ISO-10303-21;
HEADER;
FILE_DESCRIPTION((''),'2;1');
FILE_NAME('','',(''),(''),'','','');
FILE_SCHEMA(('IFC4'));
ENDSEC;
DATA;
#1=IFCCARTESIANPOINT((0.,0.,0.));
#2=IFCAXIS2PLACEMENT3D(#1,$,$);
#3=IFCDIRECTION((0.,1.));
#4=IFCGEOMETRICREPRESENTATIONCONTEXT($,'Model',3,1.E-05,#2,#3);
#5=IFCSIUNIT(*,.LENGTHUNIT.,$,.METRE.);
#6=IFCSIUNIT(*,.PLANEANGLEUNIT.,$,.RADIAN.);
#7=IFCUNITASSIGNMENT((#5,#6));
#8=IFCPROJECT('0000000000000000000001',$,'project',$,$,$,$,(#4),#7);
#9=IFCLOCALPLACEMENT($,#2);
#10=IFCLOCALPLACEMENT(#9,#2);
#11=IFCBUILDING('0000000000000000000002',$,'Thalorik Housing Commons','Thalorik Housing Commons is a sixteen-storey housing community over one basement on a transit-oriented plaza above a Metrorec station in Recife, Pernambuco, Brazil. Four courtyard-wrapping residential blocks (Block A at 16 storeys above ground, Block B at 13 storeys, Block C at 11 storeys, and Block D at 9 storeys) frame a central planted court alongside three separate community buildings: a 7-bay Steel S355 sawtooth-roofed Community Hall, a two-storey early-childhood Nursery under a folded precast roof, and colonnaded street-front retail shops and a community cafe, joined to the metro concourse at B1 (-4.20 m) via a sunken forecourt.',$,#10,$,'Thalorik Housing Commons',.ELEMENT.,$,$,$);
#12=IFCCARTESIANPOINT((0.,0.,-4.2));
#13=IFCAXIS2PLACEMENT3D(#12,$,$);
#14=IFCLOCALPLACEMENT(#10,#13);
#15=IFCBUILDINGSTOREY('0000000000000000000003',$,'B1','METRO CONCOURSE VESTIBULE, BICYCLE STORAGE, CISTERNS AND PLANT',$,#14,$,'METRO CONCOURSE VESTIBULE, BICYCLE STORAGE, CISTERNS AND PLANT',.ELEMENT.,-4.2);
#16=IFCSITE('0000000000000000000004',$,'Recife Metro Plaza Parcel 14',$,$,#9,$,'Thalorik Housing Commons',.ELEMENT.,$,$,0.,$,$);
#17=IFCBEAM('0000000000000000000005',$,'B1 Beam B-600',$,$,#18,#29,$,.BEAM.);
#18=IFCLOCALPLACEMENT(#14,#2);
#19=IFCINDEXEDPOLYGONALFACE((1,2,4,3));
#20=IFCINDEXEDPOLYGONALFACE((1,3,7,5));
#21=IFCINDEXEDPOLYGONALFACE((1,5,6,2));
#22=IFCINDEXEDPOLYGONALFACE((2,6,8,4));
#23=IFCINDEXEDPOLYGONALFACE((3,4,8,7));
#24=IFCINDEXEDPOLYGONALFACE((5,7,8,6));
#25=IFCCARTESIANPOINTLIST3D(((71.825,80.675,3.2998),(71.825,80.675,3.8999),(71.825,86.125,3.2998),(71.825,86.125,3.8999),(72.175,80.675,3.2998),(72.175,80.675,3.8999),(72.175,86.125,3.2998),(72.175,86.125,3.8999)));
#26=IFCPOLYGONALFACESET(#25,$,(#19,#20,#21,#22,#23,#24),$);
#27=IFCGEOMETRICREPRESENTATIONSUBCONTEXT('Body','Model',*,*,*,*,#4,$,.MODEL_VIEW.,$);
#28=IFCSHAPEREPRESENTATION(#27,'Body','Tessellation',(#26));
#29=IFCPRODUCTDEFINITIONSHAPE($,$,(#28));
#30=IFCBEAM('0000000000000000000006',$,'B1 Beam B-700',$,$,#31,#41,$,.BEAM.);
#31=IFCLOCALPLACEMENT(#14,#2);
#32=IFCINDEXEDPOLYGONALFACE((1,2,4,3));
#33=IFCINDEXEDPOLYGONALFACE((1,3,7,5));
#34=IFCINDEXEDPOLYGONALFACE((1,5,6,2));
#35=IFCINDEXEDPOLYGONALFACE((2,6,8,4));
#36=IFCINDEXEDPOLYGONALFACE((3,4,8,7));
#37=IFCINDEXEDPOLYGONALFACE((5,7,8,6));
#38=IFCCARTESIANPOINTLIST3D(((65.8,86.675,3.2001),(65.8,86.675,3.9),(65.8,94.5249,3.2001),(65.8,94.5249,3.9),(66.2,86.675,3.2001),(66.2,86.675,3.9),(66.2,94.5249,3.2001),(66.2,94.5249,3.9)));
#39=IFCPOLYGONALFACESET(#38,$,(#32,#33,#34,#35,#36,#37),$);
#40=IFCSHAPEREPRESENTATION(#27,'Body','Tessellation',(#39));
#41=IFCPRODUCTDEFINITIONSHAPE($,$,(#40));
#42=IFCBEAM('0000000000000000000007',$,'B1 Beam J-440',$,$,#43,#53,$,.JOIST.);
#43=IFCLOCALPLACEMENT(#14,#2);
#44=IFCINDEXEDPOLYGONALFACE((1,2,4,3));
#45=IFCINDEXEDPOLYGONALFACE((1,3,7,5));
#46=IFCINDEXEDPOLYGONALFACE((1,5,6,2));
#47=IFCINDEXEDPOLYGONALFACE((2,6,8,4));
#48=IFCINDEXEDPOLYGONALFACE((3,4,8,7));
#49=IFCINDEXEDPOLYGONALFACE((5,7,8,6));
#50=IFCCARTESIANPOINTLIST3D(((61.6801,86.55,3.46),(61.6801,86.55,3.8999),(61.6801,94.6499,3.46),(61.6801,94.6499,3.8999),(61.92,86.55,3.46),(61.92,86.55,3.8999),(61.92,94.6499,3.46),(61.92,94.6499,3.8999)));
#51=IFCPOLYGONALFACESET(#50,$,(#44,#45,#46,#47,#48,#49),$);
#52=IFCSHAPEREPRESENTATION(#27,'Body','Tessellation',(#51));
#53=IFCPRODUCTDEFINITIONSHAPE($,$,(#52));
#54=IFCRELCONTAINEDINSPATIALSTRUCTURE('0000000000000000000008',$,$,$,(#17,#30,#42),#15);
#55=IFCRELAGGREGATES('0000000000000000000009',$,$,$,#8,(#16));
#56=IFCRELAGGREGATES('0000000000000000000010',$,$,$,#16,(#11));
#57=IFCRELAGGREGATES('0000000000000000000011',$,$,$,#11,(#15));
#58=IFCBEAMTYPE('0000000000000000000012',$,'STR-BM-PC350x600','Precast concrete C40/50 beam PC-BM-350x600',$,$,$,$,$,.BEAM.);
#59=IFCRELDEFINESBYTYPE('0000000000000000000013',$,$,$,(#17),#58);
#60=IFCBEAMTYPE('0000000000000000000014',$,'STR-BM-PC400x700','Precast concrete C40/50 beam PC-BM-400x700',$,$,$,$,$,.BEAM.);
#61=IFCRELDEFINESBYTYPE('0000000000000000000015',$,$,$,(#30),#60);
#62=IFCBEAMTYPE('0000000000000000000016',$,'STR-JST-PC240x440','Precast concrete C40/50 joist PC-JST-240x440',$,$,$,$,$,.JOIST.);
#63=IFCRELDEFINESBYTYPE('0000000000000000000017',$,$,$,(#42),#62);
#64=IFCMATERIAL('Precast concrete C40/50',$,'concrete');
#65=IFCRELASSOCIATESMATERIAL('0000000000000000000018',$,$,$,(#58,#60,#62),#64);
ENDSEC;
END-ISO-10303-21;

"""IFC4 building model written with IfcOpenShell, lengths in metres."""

from ifc_helpers import new_model, si_unit, direction, frame, origin, origin_2d, place, context, subcontext, project, spatial, rectangle, extrude, material, material_profile, profile_set, type_object, element, save


model = new_model("IFC4")

# Units and contexts
model_context = context("Model", 3, precision=1e-05, world=origin(), true_north=direction((0.0, 1.0)))
body_context = subcontext(model_context, "Body", "Model", "MODEL_VIEW")
ifc_project = project(units=[si_unit("LENGTHUNIT", "METRE"), si_unit("PLANEANGLEUNIT", "RADIAN")], contexts=[model_context])

# Site, building, storey
site_placement = place(None, origin())
site = spatial("IfcSite", under=ifc_project, at=site_placement, Name="Recife Metro Plaza Parcel 14", LongName="Thalorik Housing Commons", CompositionType="ELEMENT", RefElevation=0.0)
building_placement = place(site_placement, origin())
building = spatial("IfcBuilding", under=site, at=building_placement, Name="Thalorik Housing Commons", Description="Thalorik Housing Commons is a sixteen-storey housing community over one basement on a transit-oriented plaza above a Metrorec station in Recife, Pernambuco, Brazil. Four courtyard-wrapping residential blocks (Block A at 16 storeys above ground, Block B at 13 storeys, Block C at 11 storeys, and Block D at 9 storeys) frame a central planted court alongside three separate community buildings: a 7-bay Steel S355 sawtooth-roofed Community Hall, a two-storey early-childhood Nursery under a folded precast roof, and colonnaded street-front retail shops and a community cafe, joined to the metro concourse at B1 (-4.20 m) via a sunken forecourt.", LongName="Thalorik Housing Commons", CompositionType="ELEMENT")
storey_placement = place(building_placement, frame((0.0, 0.0, -4.2)))
storey = spatial("IfcBuildingStorey", under=building, at=storey_placement, Name="B1", Description="METRO CONCOURSE VESTIBULE, BICYCLE STORAGE, CISTERNS AND PLANT", LongName="METRO CONCOURSE VESTIBULE, BICYCLE STORAGE, CISTERNS AND PLANT", CompositionType="ELEMENT", Elevation=-4.2)

# Shared definitions
ifc_material_1 = material(Name="Precast concrete C40/50", Category="concrete")

# Beams
ifc_material_profile_1 = material_profile(ifc_material_1, rectangle(XDim=0.3501, YDim=0.6001, at=origin_2d()), Name="PC 350x600", Category="concrete")
ifc_profile_set_1 = profile_set([ifc_material_profile_1], Name="Precast concrete C40/50")
beam_type_1 = type_object("IfcBeamType", Name="STR-BM-PC350x600", Description="Precast concrete C40/50 beam PC-BM-350x600", PredefinedType="BEAM", material=ifc_profile_set_1)
for number, where, z_axis, x_axis, name in (
    (1, (72.0, 80.675, 3.5999), (0.0, 1.0, 0.0), (-1.0, 0.0, 0.0), "B1 Beam B-600"),
):
    element("IfcBeam", number, at=place(storey_placement, frame(where, z_axis=z_axis, x_axis=x_axis)), inside=storey, type_object=beam_type_1, Name=name, PredefinedType="BEAM", context=body_context, shape_type="SweptSolid", body=[
        extrude(rectangle(XDim=0.3501, YDim=0.6001, at=origin_2d()), origin(), (0.0, 0.0, 1.0), 5.45),
    ])
ifc_material_profile_2 = material_profile(ifc_material_1, rectangle(XDim=0.3999, YDim=0.7, at=origin_2d()), Name="PC 400x700", Category="concrete")
ifc_profile_set_2 = profile_set([ifc_material_profile_2], Name="Precast concrete C40/50")
beam_type_2 = type_object("IfcBeamType", Name="STR-BM-PC400x700", Description="Precast concrete C40/50 beam PC-BM-400x700", PredefinedType="BEAM", material=ifc_profile_set_2)
beam_1_placement = place(storey_placement, frame((66.0, 86.675, 3.55), z_axis=(0.0, 1.0, 0.0), x_axis=(-1.0, 0.0, 0.0)))
element("IfcBeam", 2, at=beam_1_placement, inside=storey, type_object=beam_type_2, Name="B1 Beam B-700", PredefinedType="BEAM", context=body_context, shape_type="SweptSolid", body=[
    extrude(rectangle(XDim=0.3999, YDim=0.7, at=origin_2d()), origin(), (0.0, 0.0, 1.0), 7.8499),
])
ifc_material_profile_3 = material_profile(ifc_material_1, rectangle(XDim=0.24, YDim=0.4399, at=origin_2d()), Name="PC JST 240x440", Category="concrete")
ifc_profile_set_3 = profile_set([ifc_material_profile_3], Name="Precast concrete C40/50")
beam_type_3 = type_object("IfcBeamType", Name="STR-JST-PC240x440", Description="Precast concrete C40/50 joist PC-JST-240x440", PredefinedType="JOIST", material=ifc_profile_set_3)
beam_2_placement = place(storey_placement, frame((61.8, 86.55, 3.6799), z_axis=(0.0, 1.0, 0.0), x_axis=(-1.0, 0.0, 0.0)))
element("IfcBeam", 3, at=beam_2_placement, inside=storey, type_object=beam_type_3, Name="B1 Beam J-440", PredefinedType="JOIST", context=body_context, shape_type="SweptSolid", body=[
    extrude(rectangle(XDim=0.24, YDim=0.4399, at=origin_2d()), origin(), (0.0, 0.0, 1.0), 8.0999),
])

save(model, "model.ifc")
